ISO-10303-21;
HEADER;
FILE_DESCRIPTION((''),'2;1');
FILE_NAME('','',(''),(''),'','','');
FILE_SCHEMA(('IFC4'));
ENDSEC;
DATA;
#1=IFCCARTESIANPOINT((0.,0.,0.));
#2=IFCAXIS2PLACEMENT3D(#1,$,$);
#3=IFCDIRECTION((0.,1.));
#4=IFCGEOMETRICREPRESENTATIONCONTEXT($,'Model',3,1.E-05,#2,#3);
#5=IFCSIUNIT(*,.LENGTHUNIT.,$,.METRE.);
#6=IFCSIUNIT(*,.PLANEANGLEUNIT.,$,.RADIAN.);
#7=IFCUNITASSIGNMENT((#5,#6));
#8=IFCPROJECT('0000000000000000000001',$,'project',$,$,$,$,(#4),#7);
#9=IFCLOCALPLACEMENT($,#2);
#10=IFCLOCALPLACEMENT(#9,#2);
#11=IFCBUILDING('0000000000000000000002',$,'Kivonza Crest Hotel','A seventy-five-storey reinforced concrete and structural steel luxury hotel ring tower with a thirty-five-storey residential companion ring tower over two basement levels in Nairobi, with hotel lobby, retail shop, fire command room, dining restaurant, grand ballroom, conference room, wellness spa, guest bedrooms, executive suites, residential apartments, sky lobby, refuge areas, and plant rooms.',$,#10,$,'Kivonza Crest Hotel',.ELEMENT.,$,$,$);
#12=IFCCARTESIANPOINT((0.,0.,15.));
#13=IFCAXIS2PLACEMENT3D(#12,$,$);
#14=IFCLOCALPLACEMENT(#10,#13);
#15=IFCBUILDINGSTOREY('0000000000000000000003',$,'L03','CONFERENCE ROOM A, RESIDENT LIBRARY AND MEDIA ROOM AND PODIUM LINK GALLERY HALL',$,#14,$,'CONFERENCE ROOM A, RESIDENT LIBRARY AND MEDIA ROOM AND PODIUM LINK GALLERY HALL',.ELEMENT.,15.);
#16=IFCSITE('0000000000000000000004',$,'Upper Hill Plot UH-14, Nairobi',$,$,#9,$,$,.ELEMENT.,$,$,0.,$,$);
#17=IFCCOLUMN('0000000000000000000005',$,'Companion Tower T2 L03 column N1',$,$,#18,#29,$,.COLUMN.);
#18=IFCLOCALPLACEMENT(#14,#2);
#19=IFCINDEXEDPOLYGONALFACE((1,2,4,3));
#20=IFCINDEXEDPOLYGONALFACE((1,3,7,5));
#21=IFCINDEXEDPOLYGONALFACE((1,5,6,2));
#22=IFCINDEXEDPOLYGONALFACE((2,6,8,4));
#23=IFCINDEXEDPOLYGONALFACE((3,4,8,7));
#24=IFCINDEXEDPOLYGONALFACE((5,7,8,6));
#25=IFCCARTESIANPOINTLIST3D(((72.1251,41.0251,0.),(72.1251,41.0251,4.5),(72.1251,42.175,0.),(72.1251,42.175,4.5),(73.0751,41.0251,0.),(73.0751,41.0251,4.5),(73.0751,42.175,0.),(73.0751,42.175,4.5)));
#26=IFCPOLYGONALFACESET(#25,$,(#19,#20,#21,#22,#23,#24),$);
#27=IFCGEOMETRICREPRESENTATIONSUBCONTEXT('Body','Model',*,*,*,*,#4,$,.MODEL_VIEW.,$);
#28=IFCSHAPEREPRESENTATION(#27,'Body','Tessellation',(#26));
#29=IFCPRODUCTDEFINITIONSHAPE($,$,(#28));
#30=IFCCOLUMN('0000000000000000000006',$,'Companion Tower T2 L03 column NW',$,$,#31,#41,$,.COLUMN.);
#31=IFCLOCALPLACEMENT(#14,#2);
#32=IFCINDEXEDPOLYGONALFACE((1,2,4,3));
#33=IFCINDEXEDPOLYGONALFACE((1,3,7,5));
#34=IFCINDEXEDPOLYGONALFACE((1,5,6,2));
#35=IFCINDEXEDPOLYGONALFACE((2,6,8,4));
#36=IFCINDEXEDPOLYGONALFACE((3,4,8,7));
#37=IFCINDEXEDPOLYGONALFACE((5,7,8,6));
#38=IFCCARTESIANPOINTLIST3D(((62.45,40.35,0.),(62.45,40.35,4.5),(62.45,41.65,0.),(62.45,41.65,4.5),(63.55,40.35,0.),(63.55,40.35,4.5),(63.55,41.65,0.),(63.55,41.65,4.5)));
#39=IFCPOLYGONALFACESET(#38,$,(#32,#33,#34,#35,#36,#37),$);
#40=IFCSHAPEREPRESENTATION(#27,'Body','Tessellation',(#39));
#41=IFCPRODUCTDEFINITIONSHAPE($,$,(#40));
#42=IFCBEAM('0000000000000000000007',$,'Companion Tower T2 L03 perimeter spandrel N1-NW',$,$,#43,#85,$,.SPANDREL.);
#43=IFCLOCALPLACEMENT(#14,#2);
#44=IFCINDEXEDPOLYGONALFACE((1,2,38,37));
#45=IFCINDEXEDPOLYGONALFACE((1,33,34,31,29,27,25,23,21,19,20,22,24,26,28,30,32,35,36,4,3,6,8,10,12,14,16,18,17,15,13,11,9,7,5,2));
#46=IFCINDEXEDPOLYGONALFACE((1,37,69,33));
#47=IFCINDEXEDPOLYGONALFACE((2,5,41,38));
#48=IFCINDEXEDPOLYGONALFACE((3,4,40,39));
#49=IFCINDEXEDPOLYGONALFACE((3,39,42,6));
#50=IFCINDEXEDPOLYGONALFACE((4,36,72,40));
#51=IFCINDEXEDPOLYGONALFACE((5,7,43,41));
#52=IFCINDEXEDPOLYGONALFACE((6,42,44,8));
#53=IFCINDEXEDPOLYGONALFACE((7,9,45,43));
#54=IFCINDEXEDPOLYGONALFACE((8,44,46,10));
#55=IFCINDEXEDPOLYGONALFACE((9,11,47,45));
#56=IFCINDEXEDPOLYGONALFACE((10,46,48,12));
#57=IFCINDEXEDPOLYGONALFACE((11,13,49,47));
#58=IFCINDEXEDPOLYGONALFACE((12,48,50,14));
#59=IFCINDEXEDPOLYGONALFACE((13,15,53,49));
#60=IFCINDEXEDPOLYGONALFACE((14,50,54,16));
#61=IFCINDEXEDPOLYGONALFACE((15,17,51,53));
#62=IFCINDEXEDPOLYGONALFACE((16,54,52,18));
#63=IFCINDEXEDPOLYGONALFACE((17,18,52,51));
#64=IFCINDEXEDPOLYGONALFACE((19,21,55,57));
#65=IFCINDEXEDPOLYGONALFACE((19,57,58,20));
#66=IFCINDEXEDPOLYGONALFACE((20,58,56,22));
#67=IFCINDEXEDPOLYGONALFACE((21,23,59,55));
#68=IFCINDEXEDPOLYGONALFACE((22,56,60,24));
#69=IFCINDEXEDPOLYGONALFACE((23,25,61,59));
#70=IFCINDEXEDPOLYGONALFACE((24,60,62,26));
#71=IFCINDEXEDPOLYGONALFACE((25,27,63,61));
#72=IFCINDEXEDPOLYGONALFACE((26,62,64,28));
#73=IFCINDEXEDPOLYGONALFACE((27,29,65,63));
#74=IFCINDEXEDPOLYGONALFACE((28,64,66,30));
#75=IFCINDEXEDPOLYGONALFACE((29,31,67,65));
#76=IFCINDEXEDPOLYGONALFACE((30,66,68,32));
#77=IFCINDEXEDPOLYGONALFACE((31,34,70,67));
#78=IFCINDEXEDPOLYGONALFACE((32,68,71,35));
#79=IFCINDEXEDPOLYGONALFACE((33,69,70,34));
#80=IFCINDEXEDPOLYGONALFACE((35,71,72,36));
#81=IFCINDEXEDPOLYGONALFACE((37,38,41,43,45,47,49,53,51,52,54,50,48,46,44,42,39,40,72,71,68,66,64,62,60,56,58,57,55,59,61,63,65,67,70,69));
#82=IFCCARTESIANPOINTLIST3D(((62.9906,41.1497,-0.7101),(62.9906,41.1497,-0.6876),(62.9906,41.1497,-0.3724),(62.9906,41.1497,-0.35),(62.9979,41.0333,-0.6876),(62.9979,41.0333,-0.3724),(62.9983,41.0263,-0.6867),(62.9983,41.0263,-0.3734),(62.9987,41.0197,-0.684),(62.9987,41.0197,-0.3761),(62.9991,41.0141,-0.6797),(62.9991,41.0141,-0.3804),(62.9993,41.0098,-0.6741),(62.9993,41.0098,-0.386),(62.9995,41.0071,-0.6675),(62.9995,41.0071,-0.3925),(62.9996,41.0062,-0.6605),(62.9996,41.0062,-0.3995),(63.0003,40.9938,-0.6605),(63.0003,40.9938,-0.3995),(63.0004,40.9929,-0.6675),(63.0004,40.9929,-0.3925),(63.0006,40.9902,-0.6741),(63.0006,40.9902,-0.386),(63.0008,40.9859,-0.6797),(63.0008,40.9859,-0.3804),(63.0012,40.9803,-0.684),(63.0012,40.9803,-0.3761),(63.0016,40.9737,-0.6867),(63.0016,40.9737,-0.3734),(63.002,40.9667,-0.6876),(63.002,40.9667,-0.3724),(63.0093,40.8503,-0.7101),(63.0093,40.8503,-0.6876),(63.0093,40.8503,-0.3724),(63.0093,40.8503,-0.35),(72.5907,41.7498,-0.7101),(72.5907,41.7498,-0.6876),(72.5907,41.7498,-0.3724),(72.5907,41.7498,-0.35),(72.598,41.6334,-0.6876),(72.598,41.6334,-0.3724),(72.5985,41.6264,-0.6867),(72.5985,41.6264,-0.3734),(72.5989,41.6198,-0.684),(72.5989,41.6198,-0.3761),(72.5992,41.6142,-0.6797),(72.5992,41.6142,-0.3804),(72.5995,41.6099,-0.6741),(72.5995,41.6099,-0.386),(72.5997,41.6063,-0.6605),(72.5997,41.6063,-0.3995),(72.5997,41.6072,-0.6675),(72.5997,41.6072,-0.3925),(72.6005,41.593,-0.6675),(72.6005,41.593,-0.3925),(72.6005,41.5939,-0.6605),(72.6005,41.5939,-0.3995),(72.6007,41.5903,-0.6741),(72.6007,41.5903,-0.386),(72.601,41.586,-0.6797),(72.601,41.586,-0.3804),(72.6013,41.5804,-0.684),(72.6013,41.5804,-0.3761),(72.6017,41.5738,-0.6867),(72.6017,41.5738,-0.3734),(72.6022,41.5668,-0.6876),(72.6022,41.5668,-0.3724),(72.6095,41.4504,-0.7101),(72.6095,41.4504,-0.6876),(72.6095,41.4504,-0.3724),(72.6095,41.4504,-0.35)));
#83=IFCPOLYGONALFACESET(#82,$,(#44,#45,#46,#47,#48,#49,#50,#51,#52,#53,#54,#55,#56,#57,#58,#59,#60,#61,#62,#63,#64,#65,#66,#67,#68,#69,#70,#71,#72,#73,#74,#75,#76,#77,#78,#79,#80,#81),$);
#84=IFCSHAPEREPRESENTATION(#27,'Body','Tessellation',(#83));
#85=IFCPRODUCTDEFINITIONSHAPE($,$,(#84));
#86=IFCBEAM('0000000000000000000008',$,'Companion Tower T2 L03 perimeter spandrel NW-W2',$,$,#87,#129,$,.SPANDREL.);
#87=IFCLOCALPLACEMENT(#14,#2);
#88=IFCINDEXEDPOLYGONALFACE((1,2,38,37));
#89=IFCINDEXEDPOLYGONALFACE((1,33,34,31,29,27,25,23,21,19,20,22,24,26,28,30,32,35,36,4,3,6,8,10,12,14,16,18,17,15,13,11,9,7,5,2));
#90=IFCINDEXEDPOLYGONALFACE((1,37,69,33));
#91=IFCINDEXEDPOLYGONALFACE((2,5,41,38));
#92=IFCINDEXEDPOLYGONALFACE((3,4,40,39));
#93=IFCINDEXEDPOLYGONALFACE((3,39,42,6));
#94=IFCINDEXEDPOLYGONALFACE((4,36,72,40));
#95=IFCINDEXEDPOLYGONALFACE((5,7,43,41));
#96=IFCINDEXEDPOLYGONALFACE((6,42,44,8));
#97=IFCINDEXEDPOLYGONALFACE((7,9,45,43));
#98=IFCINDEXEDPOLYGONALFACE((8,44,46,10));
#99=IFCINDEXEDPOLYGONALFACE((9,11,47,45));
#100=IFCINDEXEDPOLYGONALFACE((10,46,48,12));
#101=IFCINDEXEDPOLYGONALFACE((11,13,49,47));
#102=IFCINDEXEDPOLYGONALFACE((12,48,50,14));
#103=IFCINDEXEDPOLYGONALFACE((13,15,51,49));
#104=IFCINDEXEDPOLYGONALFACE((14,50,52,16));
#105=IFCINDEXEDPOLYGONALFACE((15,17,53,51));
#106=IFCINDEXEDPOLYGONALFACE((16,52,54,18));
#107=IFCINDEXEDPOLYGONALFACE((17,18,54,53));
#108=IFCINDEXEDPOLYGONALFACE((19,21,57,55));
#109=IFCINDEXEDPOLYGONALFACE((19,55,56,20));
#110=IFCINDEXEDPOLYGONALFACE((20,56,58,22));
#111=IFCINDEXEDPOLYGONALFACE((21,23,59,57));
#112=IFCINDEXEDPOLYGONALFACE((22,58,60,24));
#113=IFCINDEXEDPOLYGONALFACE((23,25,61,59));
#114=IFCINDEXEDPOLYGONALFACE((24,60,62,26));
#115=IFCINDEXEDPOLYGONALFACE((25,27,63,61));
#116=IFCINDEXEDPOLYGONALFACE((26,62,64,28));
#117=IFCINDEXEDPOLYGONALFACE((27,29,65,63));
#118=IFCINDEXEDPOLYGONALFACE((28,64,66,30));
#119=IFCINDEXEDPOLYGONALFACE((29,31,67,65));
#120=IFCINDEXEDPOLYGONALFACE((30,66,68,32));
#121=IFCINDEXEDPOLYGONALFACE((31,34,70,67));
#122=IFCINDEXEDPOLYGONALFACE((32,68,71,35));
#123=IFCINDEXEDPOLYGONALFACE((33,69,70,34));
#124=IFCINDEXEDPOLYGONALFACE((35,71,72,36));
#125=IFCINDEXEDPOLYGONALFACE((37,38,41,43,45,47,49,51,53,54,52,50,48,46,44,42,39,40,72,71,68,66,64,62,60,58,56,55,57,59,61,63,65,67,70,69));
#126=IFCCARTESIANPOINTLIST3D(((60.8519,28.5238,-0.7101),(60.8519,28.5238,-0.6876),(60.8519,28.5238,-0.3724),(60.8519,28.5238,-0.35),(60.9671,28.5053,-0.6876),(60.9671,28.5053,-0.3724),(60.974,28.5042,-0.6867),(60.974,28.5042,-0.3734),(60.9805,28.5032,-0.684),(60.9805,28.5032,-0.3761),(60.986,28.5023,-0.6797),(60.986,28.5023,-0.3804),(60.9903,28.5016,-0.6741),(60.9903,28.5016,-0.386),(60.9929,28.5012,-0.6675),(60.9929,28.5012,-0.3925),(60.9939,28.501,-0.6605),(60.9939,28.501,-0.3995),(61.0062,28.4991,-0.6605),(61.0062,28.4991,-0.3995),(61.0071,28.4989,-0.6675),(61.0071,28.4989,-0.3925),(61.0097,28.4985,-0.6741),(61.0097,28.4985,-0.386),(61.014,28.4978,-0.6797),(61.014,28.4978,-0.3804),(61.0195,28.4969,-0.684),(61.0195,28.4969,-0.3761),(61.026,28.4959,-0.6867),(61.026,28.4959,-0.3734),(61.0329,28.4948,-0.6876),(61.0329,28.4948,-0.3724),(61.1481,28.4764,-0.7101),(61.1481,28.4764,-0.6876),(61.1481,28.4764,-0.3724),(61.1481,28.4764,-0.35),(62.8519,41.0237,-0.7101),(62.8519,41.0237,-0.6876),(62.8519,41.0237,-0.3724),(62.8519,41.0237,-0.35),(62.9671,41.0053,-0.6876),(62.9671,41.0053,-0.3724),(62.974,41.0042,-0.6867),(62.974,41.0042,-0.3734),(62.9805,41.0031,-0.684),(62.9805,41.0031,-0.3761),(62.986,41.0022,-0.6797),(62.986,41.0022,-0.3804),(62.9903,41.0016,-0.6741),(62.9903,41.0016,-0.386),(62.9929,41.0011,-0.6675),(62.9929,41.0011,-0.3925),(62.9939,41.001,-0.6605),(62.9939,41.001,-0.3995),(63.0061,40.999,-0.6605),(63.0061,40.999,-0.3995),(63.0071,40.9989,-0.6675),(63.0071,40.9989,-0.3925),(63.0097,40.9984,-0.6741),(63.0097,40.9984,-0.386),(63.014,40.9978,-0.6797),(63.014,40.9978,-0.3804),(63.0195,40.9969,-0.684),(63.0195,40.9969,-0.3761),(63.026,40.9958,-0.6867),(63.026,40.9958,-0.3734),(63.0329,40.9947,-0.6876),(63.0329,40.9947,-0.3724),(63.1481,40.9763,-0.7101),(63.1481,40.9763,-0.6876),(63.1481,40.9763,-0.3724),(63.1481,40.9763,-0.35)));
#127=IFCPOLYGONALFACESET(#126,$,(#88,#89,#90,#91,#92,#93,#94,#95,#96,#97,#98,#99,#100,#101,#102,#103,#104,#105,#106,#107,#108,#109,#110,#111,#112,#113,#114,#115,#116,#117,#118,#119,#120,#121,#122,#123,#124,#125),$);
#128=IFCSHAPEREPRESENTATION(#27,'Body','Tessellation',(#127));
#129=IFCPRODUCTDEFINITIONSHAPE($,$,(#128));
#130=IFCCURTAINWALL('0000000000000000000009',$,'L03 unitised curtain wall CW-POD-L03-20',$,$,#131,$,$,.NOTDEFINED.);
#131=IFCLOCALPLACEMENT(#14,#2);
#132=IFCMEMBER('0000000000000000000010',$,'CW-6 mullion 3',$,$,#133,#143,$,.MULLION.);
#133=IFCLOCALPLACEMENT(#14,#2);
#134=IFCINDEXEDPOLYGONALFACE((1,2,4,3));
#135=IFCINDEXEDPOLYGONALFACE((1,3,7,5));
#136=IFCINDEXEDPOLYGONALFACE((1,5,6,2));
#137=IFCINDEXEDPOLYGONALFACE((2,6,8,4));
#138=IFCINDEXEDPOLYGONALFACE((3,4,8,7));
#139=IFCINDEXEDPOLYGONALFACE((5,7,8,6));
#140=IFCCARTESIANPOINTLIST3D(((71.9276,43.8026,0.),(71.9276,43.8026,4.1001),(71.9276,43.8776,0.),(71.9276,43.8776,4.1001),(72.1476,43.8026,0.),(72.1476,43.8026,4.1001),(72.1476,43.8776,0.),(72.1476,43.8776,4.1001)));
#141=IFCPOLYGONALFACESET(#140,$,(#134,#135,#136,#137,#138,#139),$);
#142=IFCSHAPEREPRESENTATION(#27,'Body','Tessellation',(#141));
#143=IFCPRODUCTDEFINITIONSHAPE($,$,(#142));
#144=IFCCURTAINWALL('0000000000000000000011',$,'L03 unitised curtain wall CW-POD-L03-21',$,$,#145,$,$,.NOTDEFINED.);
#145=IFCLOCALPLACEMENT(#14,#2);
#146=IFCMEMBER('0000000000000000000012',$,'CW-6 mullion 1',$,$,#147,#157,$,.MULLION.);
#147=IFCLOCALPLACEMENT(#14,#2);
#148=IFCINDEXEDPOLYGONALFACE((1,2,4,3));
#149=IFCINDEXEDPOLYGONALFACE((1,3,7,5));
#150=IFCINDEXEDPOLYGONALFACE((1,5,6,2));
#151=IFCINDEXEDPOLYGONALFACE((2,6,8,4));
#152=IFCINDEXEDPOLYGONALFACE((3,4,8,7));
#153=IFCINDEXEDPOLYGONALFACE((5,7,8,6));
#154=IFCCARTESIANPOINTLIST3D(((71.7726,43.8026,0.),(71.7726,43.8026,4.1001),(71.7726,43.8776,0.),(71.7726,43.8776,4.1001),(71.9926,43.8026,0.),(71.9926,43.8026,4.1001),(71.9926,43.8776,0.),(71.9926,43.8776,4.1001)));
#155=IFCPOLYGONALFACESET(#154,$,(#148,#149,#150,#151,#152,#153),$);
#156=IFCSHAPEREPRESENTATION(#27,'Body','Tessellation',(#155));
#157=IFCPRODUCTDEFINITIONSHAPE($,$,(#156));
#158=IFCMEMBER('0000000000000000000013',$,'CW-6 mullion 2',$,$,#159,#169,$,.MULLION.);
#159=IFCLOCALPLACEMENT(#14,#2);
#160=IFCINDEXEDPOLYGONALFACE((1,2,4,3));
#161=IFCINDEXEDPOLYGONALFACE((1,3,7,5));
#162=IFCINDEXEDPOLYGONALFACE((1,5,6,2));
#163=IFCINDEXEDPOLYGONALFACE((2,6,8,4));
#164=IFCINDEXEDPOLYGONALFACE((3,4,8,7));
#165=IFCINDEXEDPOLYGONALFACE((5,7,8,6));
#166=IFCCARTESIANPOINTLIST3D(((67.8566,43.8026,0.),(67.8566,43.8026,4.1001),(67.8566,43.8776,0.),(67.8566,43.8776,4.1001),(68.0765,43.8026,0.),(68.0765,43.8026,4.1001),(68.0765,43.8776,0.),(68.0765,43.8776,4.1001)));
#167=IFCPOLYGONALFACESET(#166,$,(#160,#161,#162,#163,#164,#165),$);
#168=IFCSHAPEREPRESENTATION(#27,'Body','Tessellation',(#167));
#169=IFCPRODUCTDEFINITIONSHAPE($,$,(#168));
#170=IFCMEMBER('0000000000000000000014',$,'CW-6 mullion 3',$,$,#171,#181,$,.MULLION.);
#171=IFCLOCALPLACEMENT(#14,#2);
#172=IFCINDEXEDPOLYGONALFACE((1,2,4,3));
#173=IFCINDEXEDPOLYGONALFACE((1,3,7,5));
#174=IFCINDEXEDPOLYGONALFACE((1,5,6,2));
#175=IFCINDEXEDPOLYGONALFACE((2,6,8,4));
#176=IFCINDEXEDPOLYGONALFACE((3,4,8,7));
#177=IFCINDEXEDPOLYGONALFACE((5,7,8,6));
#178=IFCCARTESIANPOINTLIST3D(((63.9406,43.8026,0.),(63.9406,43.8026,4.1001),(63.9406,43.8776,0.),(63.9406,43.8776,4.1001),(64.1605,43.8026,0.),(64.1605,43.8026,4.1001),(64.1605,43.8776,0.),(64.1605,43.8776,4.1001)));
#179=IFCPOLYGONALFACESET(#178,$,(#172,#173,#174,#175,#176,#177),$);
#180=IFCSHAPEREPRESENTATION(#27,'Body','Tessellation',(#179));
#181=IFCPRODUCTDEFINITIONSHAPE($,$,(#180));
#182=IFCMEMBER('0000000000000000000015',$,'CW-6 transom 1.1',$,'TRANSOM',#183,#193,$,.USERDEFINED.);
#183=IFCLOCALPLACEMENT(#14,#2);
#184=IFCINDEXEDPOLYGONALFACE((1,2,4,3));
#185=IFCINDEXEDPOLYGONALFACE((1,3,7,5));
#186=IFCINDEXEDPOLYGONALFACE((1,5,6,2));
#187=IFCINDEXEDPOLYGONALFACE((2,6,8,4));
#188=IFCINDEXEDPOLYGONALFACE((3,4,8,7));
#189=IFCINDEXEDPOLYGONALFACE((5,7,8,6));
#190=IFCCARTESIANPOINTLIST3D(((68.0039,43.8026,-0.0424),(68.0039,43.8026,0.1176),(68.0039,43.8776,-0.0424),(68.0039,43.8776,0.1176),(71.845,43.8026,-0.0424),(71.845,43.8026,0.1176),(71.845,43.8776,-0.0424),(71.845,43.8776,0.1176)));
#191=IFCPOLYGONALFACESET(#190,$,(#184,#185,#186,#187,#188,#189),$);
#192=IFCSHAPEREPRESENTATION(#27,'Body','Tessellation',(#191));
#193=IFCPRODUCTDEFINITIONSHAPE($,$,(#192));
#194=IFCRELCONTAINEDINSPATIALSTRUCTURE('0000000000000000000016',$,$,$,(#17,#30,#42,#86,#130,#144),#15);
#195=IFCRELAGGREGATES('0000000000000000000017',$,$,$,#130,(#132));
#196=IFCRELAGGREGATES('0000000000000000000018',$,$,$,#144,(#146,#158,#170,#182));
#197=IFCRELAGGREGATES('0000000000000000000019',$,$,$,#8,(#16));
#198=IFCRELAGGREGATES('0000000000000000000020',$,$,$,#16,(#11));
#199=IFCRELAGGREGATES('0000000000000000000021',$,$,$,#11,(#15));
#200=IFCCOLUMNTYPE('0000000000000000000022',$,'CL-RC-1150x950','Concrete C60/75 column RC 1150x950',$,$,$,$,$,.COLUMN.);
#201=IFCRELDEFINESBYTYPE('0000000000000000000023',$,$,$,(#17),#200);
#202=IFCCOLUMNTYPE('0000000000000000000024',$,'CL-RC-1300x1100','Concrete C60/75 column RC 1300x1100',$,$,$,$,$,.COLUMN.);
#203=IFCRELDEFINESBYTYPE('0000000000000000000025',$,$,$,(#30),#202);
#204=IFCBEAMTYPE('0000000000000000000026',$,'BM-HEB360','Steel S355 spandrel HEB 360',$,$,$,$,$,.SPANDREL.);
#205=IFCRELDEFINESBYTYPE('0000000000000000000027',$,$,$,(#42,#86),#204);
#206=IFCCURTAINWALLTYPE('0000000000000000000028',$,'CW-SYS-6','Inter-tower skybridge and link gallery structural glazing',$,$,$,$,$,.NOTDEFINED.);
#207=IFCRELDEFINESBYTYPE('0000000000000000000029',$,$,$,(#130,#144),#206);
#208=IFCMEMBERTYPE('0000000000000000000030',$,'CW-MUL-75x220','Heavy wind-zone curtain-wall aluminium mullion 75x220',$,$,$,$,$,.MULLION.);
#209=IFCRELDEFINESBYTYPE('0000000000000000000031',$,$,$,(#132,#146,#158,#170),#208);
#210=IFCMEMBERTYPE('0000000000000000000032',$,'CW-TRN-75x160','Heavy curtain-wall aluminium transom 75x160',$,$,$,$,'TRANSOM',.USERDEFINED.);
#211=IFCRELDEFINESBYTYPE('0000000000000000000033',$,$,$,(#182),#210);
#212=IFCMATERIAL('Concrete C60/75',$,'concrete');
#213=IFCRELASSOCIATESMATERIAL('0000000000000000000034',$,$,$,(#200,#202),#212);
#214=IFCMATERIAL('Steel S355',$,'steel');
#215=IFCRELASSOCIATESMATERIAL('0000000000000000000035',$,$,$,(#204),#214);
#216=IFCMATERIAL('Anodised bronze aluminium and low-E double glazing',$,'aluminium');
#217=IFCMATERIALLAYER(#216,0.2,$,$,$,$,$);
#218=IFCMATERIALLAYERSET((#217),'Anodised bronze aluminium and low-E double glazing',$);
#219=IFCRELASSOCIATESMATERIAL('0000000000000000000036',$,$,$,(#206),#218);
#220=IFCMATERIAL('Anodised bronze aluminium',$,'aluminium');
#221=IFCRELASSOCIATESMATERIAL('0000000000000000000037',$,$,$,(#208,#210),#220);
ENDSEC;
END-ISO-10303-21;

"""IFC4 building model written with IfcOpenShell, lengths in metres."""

from ifc_helpers import new_model, si_unit, direction, frame, origin, origin_2d, place, context, subcontext, project, spatial, rectangle, i_section, extrude, material, layer, layer_set, material_profile, profile_set, type_object, element, aggregate, save


model = new_model("IFC4")

# Units and contexts
model_context = context("Model", 3, precision=1e-05, world=origin(), true_north=direction((0.0, 1.0)))
body_context = subcontext(model_context, "Body", "Model", "MODEL_VIEW")
ifc_project = project(units=[si_unit("LENGTHUNIT", "METRE"), si_unit("PLANEANGLEUNIT", "RADIAN")], contexts=[model_context])

# Site, building, storey
site_placement = place(None, origin())
site = spatial("IfcSite", under=ifc_project, at=site_placement, Name="Upper Hill Plot UH-14, Nairobi", CompositionType="ELEMENT", RefElevation=0.0)
building_placement = place(site_placement, origin())
building = spatial("IfcBuilding", under=site, at=building_placement, Name="Kivonza Crest Hotel", Description="A seventy-five-storey reinforced concrete and structural steel luxury hotel ring tower with a thirty-five-storey residential companion ring tower over two basement levels in Nairobi, with hotel lobby, retail shop, fire command room, dining restaurant, grand ballroom, conference room, wellness spa, guest bedrooms, executive suites, residential apartments, sky lobby, refuge areas, and plant rooms.", LongName="Kivonza Crest Hotel", CompositionType="ELEMENT")
storey_placement = place(building_placement, frame((0.0, 0.0, 15.0)))
storey = spatial("IfcBuildingStorey", under=building, at=storey_placement, Name="L03", Description="CONFERENCE ROOM A, RESIDENT LIBRARY AND MEDIA ROOM AND PODIUM LINK GALLERY HALL", LongName="CONFERENCE ROOM A, RESIDENT LIBRARY AND MEDIA ROOM AND PODIUM LINK GALLERY HALL", CompositionType="ELEMENT", Elevation=15.0)

# Columns
ifc_material_1 = material(Name="Concrete C60/75", Category="concrete")
ifc_material_profile_1 = material_profile(ifc_material_1, rectangle(XDim=0.95, YDim=1.1499, at=origin_2d()), Name="RC 1150x950")
ifc_profile_set_1 = profile_set([ifc_material_profile_1], Name="Concrete C60/75")
column_type_1 = type_object("IfcColumnType", Name="CL-RC-1150x950", Description="Concrete C60/75 column RC 1150x950", PredefinedType="COLUMN", material=ifc_profile_set_1)
column_1_placement = place(storey_placement, frame((72.6001, 41.6001, 0.0), z_axis=(0.0, 0.0, 1.0), x_axis=(1.0, 0.0, 0.0)))
element("IfcColumn", 1, at=column_1_placement, inside=storey, type_object=column_type_1, Name="Companion Tower T2 L03 column N1", PredefinedType="COLUMN", context=body_context, shape_type="SweptSolid", body=[
    extrude(rectangle(XDim=0.95, YDim=1.1499, at=origin_2d()), origin(), (0.0, 0.0, 1.0), 4.5),
])
ifc_material_profile_2 = material_profile(ifc_material_1, rectangle(XDim=1.1001, YDim=1.3, at=origin_2d()), Name="RC 1300x1100")
ifc_profile_set_2 = profile_set([ifc_material_profile_2], Name="Concrete C60/75")
column_type_2 = type_object("IfcColumnType", Name="CL-RC-1300x1100", Description="Concrete C60/75 column RC 1300x1100", PredefinedType="COLUMN", material=ifc_profile_set_2)
column_2_placement = place(storey_placement, frame((63.0, 41.0, 0.0), z_axis=(0.0, 0.0, 1.0), x_axis=(1.0, 0.0, 0.0)))
element("IfcColumn", 2, at=column_2_placement, inside=storey, type_object=column_type_2, Name="Companion Tower T2 L03 column NW", PredefinedType="COLUMN", context=body_context, shape_type="SweptSolid", body=[
    extrude(rectangle(XDim=1.1001, YDim=1.3, at=origin_2d()), origin(), (0.0, 0.0, 1.0), 4.5),
])

# Beams
ifc_material_2 = material(Name="Steel S355", Category="steel")
ifc_material_profile_3 = material_profile(ifc_material_2, i_section(OverallWidth=0.3, OverallDepth=0.3601, WebThickness=0.0125, FlangeThickness=0.0225, FilletRadius=0.0271, at=origin_2d()), Name="HEB 360")
ifc_profile_set_3 = profile_set([ifc_material_profile_3], Name="Steel S355")
beam_type = type_object("IfcBeamType", Name="BM-HEB360", Description="Steel S355 spandrel HEB 360", PredefinedType="SPANDREL", material=ifc_profile_set_3)
beam_1_placement = place(storey_placement, frame((72.6001, 41.6001, -0.53), z_axis=(-0.998052, -0.062388, 0.0), x_axis=(0.062388, -0.998052, 0.0)))
element("IfcBeam", 3, at=beam_1_placement, inside=storey, type_object=beam_type, Name="Companion Tower T2 L03 perimeter spandrel N1-NW", PredefinedType="SPANDREL", context=body_context, shape_type="SweptSolid", body=[
    extrude(i_section(OverallWidth=0.3, OverallDepth=0.3601, WebThickness=0.0125, FlangeThickness=0.0225, FilletRadius=0.0271, at=origin_2d()), origin(), (0.0, 0.0, 1.0), 9.6189),
])
beam_2_placement = place(storey_placement, frame((63.0, 41.0, -0.53), z_axis=(-0.157991, -0.987441, 0.0), x_axis=(0.987441, -0.157991, 0.0)))
element("IfcBeam", 4, at=beam_2_placement, inside=storey, type_object=beam_type, Name="Companion Tower T2 L03 perimeter spandrel NW-W2", PredefinedType="SPANDREL", context=body_context, shape_type="SweptSolid", body=[
    extrude(i_section(OverallWidth=0.3, OverallDepth=0.3601, WebThickness=0.0125, FlangeThickness=0.0225, FilletRadius=0.0271, at=origin_2d()), origin(), (0.0, 0.0, 1.0), 12.6589),
])

# Curtain wall, member
ifc_material_3 = material(Name="Anodised bronze aluminium and low-E double glazing", Category="aluminium")
ifc_layer_1 = layer(ifc_material_3, 0.2)
ifc_layer_set_1 = layer_set([ifc_layer_1], Name="Anodised bronze aluminium and low-E double glazing")
curtain_wall_type = type_object("IfcCurtainWallType", Name="CW-SYS-6", Description="Inter-tower skybridge and link gallery structural glazing", PredefinedType="NOTDEFINED", material=ifc_layer_set_1)
curtain_wall_1_placement = place(storey_placement, origin())
curtain_wall_1 = element("IfcCurtainWall", 5, at=curtain_wall_1_placement, inside=storey, type_object=curtain_wall_type, Name="L03 unitised curtain wall CW-POD-L03-20", PredefinedType="NOTDEFINED")
ifc_material_4 = material(Name="Anodised bronze aluminium", Category="aluminium")
ifc_material_profile_4 = material_profile(ifc_material_4, rectangle(XDim=0.075, YDim=0.22, at=origin_2d()), Name="CW-M 75x220")
ifc_profile_set_4 = profile_set([ifc_material_profile_4], Name="Anodised bronze aluminium")
member_type_1 = type_object("IfcMemberType", Name="CW-MUL-75x220", Description="Heavy wind-zone curtain-wall aluminium mullion 75x220", PredefinedType="MULLION", material=ifc_profile_set_4)
member_1_placement = place(storey_placement, frame((72.0376, 43.8401, 0.0), z_axis=(0.0, 0.0, 1.0), x_axis=(0.0, -1.0, 0.0)))
member_1 = element("IfcMember", 6, at=member_1_placement, type_object=member_type_1, Name="CW-6 mullion 3", PredefinedType="MULLION", context=body_context, shape_type="SweptSolid", body=[
    extrude(rectangle(XDim=0.075, YDim=0.22, at=origin_2d()), origin(), (0.0, 0.0, 1.0), 4.1001),
])
aggregate(curtain_wall_1, [member_1])

# Curtain wall, members
curtain_wall_2_placement = place(storey_placement, origin())
curtain_wall_2 = element("IfcCurtainWall", 7, at=curtain_wall_2_placement, inside=storey, type_object=curtain_wall_type, Name="L03 unitised curtain wall CW-POD-L03-21", PredefinedType="NOTDEFINED")
member_2_placement = place(storey_placement, frame((71.8826, 43.8401, 0.0), z_axis=(0.0, 0.0, 1.0), x_axis=(0.0, -1.0, 0.0)))
member_2 = element("IfcMember", 8, at=member_2_placement, type_object=member_type_1, Name="CW-6 mullion 1", PredefinedType="MULLION", context=body_context, shape_type="SweptSolid", body=[
    extrude(rectangle(XDim=0.075, YDim=0.22, at=origin_2d()), origin(), (0.0, 0.0, 1.0), 4.1001),
])
member_3_placement = place(storey_placement, frame((67.9666, 43.8401, 0.0), z_axis=(0.0, 0.0, 1.0), x_axis=(0.0, -1.0, 0.0)))
member_3 = element("IfcMember", 9, at=member_3_placement, type_object=member_type_1, Name="CW-6 mullion 2", PredefinedType="MULLION", context=body_context, shape_type="SweptSolid", body=[
    extrude(rectangle(XDim=0.075, YDim=0.22, at=origin_2d()), origin(), (0.0, 0.0, 1.0), 4.1001),
])
member_4_placement = place(storey_placement, frame((64.0505, 43.8401, 0.0), z_axis=(0.0, 0.0, 1.0), x_axis=(0.0, -1.0, 0.0)))
member_4 = element("IfcMember", 10, at=member_4_placement, type_object=member_type_1, Name="CW-6 mullion 3", PredefinedType="MULLION", context=body_context, shape_type="SweptSolid", body=[
    extrude(rectangle(XDim=0.075, YDim=0.22, at=origin_2d()), origin(), (0.0, 0.0, 1.0), 4.1001),
])
ifc_material_profile_5 = material_profile(ifc_material_4, rectangle(XDim=0.075, YDim=0.1599, at=origin_2d()), Name="CW-T 75x160")
ifc_profile_set_5 = profile_set([ifc_material_profile_5], Name="Anodised bronze aluminium")
member_type_2 = type_object("IfcMemberType", Name="CW-TRN-75x160", Description="Heavy curtain-wall aluminium transom 75x160", ElementType="TRANSOM", PredefinedType="USERDEFINED", material=ifc_profile_set_5)
member_5_placement = place(storey_placement, frame((71.845, 43.8401, 0.0376), z_axis=(-1.0, 0.0, 0.0), x_axis=(0.0, -1.0, 0.0)))
member_5 = element("IfcMember", 11, at=member_5_placement, type_object=member_type_2, Name="CW-6 transom 1.1", ObjectType="TRANSOM", PredefinedType="USERDEFINED", context=body_context, shape_type="SweptSolid", body=[
    extrude(rectangle(XDim=0.075, YDim=0.1599, at=origin_2d()), origin(), (0.0, 0.0, 1.0), 3.8411),
])
aggregate(curtain_wall_2, [member_2, member_3, member_4, member_5])

save(model, "model.ifc")
